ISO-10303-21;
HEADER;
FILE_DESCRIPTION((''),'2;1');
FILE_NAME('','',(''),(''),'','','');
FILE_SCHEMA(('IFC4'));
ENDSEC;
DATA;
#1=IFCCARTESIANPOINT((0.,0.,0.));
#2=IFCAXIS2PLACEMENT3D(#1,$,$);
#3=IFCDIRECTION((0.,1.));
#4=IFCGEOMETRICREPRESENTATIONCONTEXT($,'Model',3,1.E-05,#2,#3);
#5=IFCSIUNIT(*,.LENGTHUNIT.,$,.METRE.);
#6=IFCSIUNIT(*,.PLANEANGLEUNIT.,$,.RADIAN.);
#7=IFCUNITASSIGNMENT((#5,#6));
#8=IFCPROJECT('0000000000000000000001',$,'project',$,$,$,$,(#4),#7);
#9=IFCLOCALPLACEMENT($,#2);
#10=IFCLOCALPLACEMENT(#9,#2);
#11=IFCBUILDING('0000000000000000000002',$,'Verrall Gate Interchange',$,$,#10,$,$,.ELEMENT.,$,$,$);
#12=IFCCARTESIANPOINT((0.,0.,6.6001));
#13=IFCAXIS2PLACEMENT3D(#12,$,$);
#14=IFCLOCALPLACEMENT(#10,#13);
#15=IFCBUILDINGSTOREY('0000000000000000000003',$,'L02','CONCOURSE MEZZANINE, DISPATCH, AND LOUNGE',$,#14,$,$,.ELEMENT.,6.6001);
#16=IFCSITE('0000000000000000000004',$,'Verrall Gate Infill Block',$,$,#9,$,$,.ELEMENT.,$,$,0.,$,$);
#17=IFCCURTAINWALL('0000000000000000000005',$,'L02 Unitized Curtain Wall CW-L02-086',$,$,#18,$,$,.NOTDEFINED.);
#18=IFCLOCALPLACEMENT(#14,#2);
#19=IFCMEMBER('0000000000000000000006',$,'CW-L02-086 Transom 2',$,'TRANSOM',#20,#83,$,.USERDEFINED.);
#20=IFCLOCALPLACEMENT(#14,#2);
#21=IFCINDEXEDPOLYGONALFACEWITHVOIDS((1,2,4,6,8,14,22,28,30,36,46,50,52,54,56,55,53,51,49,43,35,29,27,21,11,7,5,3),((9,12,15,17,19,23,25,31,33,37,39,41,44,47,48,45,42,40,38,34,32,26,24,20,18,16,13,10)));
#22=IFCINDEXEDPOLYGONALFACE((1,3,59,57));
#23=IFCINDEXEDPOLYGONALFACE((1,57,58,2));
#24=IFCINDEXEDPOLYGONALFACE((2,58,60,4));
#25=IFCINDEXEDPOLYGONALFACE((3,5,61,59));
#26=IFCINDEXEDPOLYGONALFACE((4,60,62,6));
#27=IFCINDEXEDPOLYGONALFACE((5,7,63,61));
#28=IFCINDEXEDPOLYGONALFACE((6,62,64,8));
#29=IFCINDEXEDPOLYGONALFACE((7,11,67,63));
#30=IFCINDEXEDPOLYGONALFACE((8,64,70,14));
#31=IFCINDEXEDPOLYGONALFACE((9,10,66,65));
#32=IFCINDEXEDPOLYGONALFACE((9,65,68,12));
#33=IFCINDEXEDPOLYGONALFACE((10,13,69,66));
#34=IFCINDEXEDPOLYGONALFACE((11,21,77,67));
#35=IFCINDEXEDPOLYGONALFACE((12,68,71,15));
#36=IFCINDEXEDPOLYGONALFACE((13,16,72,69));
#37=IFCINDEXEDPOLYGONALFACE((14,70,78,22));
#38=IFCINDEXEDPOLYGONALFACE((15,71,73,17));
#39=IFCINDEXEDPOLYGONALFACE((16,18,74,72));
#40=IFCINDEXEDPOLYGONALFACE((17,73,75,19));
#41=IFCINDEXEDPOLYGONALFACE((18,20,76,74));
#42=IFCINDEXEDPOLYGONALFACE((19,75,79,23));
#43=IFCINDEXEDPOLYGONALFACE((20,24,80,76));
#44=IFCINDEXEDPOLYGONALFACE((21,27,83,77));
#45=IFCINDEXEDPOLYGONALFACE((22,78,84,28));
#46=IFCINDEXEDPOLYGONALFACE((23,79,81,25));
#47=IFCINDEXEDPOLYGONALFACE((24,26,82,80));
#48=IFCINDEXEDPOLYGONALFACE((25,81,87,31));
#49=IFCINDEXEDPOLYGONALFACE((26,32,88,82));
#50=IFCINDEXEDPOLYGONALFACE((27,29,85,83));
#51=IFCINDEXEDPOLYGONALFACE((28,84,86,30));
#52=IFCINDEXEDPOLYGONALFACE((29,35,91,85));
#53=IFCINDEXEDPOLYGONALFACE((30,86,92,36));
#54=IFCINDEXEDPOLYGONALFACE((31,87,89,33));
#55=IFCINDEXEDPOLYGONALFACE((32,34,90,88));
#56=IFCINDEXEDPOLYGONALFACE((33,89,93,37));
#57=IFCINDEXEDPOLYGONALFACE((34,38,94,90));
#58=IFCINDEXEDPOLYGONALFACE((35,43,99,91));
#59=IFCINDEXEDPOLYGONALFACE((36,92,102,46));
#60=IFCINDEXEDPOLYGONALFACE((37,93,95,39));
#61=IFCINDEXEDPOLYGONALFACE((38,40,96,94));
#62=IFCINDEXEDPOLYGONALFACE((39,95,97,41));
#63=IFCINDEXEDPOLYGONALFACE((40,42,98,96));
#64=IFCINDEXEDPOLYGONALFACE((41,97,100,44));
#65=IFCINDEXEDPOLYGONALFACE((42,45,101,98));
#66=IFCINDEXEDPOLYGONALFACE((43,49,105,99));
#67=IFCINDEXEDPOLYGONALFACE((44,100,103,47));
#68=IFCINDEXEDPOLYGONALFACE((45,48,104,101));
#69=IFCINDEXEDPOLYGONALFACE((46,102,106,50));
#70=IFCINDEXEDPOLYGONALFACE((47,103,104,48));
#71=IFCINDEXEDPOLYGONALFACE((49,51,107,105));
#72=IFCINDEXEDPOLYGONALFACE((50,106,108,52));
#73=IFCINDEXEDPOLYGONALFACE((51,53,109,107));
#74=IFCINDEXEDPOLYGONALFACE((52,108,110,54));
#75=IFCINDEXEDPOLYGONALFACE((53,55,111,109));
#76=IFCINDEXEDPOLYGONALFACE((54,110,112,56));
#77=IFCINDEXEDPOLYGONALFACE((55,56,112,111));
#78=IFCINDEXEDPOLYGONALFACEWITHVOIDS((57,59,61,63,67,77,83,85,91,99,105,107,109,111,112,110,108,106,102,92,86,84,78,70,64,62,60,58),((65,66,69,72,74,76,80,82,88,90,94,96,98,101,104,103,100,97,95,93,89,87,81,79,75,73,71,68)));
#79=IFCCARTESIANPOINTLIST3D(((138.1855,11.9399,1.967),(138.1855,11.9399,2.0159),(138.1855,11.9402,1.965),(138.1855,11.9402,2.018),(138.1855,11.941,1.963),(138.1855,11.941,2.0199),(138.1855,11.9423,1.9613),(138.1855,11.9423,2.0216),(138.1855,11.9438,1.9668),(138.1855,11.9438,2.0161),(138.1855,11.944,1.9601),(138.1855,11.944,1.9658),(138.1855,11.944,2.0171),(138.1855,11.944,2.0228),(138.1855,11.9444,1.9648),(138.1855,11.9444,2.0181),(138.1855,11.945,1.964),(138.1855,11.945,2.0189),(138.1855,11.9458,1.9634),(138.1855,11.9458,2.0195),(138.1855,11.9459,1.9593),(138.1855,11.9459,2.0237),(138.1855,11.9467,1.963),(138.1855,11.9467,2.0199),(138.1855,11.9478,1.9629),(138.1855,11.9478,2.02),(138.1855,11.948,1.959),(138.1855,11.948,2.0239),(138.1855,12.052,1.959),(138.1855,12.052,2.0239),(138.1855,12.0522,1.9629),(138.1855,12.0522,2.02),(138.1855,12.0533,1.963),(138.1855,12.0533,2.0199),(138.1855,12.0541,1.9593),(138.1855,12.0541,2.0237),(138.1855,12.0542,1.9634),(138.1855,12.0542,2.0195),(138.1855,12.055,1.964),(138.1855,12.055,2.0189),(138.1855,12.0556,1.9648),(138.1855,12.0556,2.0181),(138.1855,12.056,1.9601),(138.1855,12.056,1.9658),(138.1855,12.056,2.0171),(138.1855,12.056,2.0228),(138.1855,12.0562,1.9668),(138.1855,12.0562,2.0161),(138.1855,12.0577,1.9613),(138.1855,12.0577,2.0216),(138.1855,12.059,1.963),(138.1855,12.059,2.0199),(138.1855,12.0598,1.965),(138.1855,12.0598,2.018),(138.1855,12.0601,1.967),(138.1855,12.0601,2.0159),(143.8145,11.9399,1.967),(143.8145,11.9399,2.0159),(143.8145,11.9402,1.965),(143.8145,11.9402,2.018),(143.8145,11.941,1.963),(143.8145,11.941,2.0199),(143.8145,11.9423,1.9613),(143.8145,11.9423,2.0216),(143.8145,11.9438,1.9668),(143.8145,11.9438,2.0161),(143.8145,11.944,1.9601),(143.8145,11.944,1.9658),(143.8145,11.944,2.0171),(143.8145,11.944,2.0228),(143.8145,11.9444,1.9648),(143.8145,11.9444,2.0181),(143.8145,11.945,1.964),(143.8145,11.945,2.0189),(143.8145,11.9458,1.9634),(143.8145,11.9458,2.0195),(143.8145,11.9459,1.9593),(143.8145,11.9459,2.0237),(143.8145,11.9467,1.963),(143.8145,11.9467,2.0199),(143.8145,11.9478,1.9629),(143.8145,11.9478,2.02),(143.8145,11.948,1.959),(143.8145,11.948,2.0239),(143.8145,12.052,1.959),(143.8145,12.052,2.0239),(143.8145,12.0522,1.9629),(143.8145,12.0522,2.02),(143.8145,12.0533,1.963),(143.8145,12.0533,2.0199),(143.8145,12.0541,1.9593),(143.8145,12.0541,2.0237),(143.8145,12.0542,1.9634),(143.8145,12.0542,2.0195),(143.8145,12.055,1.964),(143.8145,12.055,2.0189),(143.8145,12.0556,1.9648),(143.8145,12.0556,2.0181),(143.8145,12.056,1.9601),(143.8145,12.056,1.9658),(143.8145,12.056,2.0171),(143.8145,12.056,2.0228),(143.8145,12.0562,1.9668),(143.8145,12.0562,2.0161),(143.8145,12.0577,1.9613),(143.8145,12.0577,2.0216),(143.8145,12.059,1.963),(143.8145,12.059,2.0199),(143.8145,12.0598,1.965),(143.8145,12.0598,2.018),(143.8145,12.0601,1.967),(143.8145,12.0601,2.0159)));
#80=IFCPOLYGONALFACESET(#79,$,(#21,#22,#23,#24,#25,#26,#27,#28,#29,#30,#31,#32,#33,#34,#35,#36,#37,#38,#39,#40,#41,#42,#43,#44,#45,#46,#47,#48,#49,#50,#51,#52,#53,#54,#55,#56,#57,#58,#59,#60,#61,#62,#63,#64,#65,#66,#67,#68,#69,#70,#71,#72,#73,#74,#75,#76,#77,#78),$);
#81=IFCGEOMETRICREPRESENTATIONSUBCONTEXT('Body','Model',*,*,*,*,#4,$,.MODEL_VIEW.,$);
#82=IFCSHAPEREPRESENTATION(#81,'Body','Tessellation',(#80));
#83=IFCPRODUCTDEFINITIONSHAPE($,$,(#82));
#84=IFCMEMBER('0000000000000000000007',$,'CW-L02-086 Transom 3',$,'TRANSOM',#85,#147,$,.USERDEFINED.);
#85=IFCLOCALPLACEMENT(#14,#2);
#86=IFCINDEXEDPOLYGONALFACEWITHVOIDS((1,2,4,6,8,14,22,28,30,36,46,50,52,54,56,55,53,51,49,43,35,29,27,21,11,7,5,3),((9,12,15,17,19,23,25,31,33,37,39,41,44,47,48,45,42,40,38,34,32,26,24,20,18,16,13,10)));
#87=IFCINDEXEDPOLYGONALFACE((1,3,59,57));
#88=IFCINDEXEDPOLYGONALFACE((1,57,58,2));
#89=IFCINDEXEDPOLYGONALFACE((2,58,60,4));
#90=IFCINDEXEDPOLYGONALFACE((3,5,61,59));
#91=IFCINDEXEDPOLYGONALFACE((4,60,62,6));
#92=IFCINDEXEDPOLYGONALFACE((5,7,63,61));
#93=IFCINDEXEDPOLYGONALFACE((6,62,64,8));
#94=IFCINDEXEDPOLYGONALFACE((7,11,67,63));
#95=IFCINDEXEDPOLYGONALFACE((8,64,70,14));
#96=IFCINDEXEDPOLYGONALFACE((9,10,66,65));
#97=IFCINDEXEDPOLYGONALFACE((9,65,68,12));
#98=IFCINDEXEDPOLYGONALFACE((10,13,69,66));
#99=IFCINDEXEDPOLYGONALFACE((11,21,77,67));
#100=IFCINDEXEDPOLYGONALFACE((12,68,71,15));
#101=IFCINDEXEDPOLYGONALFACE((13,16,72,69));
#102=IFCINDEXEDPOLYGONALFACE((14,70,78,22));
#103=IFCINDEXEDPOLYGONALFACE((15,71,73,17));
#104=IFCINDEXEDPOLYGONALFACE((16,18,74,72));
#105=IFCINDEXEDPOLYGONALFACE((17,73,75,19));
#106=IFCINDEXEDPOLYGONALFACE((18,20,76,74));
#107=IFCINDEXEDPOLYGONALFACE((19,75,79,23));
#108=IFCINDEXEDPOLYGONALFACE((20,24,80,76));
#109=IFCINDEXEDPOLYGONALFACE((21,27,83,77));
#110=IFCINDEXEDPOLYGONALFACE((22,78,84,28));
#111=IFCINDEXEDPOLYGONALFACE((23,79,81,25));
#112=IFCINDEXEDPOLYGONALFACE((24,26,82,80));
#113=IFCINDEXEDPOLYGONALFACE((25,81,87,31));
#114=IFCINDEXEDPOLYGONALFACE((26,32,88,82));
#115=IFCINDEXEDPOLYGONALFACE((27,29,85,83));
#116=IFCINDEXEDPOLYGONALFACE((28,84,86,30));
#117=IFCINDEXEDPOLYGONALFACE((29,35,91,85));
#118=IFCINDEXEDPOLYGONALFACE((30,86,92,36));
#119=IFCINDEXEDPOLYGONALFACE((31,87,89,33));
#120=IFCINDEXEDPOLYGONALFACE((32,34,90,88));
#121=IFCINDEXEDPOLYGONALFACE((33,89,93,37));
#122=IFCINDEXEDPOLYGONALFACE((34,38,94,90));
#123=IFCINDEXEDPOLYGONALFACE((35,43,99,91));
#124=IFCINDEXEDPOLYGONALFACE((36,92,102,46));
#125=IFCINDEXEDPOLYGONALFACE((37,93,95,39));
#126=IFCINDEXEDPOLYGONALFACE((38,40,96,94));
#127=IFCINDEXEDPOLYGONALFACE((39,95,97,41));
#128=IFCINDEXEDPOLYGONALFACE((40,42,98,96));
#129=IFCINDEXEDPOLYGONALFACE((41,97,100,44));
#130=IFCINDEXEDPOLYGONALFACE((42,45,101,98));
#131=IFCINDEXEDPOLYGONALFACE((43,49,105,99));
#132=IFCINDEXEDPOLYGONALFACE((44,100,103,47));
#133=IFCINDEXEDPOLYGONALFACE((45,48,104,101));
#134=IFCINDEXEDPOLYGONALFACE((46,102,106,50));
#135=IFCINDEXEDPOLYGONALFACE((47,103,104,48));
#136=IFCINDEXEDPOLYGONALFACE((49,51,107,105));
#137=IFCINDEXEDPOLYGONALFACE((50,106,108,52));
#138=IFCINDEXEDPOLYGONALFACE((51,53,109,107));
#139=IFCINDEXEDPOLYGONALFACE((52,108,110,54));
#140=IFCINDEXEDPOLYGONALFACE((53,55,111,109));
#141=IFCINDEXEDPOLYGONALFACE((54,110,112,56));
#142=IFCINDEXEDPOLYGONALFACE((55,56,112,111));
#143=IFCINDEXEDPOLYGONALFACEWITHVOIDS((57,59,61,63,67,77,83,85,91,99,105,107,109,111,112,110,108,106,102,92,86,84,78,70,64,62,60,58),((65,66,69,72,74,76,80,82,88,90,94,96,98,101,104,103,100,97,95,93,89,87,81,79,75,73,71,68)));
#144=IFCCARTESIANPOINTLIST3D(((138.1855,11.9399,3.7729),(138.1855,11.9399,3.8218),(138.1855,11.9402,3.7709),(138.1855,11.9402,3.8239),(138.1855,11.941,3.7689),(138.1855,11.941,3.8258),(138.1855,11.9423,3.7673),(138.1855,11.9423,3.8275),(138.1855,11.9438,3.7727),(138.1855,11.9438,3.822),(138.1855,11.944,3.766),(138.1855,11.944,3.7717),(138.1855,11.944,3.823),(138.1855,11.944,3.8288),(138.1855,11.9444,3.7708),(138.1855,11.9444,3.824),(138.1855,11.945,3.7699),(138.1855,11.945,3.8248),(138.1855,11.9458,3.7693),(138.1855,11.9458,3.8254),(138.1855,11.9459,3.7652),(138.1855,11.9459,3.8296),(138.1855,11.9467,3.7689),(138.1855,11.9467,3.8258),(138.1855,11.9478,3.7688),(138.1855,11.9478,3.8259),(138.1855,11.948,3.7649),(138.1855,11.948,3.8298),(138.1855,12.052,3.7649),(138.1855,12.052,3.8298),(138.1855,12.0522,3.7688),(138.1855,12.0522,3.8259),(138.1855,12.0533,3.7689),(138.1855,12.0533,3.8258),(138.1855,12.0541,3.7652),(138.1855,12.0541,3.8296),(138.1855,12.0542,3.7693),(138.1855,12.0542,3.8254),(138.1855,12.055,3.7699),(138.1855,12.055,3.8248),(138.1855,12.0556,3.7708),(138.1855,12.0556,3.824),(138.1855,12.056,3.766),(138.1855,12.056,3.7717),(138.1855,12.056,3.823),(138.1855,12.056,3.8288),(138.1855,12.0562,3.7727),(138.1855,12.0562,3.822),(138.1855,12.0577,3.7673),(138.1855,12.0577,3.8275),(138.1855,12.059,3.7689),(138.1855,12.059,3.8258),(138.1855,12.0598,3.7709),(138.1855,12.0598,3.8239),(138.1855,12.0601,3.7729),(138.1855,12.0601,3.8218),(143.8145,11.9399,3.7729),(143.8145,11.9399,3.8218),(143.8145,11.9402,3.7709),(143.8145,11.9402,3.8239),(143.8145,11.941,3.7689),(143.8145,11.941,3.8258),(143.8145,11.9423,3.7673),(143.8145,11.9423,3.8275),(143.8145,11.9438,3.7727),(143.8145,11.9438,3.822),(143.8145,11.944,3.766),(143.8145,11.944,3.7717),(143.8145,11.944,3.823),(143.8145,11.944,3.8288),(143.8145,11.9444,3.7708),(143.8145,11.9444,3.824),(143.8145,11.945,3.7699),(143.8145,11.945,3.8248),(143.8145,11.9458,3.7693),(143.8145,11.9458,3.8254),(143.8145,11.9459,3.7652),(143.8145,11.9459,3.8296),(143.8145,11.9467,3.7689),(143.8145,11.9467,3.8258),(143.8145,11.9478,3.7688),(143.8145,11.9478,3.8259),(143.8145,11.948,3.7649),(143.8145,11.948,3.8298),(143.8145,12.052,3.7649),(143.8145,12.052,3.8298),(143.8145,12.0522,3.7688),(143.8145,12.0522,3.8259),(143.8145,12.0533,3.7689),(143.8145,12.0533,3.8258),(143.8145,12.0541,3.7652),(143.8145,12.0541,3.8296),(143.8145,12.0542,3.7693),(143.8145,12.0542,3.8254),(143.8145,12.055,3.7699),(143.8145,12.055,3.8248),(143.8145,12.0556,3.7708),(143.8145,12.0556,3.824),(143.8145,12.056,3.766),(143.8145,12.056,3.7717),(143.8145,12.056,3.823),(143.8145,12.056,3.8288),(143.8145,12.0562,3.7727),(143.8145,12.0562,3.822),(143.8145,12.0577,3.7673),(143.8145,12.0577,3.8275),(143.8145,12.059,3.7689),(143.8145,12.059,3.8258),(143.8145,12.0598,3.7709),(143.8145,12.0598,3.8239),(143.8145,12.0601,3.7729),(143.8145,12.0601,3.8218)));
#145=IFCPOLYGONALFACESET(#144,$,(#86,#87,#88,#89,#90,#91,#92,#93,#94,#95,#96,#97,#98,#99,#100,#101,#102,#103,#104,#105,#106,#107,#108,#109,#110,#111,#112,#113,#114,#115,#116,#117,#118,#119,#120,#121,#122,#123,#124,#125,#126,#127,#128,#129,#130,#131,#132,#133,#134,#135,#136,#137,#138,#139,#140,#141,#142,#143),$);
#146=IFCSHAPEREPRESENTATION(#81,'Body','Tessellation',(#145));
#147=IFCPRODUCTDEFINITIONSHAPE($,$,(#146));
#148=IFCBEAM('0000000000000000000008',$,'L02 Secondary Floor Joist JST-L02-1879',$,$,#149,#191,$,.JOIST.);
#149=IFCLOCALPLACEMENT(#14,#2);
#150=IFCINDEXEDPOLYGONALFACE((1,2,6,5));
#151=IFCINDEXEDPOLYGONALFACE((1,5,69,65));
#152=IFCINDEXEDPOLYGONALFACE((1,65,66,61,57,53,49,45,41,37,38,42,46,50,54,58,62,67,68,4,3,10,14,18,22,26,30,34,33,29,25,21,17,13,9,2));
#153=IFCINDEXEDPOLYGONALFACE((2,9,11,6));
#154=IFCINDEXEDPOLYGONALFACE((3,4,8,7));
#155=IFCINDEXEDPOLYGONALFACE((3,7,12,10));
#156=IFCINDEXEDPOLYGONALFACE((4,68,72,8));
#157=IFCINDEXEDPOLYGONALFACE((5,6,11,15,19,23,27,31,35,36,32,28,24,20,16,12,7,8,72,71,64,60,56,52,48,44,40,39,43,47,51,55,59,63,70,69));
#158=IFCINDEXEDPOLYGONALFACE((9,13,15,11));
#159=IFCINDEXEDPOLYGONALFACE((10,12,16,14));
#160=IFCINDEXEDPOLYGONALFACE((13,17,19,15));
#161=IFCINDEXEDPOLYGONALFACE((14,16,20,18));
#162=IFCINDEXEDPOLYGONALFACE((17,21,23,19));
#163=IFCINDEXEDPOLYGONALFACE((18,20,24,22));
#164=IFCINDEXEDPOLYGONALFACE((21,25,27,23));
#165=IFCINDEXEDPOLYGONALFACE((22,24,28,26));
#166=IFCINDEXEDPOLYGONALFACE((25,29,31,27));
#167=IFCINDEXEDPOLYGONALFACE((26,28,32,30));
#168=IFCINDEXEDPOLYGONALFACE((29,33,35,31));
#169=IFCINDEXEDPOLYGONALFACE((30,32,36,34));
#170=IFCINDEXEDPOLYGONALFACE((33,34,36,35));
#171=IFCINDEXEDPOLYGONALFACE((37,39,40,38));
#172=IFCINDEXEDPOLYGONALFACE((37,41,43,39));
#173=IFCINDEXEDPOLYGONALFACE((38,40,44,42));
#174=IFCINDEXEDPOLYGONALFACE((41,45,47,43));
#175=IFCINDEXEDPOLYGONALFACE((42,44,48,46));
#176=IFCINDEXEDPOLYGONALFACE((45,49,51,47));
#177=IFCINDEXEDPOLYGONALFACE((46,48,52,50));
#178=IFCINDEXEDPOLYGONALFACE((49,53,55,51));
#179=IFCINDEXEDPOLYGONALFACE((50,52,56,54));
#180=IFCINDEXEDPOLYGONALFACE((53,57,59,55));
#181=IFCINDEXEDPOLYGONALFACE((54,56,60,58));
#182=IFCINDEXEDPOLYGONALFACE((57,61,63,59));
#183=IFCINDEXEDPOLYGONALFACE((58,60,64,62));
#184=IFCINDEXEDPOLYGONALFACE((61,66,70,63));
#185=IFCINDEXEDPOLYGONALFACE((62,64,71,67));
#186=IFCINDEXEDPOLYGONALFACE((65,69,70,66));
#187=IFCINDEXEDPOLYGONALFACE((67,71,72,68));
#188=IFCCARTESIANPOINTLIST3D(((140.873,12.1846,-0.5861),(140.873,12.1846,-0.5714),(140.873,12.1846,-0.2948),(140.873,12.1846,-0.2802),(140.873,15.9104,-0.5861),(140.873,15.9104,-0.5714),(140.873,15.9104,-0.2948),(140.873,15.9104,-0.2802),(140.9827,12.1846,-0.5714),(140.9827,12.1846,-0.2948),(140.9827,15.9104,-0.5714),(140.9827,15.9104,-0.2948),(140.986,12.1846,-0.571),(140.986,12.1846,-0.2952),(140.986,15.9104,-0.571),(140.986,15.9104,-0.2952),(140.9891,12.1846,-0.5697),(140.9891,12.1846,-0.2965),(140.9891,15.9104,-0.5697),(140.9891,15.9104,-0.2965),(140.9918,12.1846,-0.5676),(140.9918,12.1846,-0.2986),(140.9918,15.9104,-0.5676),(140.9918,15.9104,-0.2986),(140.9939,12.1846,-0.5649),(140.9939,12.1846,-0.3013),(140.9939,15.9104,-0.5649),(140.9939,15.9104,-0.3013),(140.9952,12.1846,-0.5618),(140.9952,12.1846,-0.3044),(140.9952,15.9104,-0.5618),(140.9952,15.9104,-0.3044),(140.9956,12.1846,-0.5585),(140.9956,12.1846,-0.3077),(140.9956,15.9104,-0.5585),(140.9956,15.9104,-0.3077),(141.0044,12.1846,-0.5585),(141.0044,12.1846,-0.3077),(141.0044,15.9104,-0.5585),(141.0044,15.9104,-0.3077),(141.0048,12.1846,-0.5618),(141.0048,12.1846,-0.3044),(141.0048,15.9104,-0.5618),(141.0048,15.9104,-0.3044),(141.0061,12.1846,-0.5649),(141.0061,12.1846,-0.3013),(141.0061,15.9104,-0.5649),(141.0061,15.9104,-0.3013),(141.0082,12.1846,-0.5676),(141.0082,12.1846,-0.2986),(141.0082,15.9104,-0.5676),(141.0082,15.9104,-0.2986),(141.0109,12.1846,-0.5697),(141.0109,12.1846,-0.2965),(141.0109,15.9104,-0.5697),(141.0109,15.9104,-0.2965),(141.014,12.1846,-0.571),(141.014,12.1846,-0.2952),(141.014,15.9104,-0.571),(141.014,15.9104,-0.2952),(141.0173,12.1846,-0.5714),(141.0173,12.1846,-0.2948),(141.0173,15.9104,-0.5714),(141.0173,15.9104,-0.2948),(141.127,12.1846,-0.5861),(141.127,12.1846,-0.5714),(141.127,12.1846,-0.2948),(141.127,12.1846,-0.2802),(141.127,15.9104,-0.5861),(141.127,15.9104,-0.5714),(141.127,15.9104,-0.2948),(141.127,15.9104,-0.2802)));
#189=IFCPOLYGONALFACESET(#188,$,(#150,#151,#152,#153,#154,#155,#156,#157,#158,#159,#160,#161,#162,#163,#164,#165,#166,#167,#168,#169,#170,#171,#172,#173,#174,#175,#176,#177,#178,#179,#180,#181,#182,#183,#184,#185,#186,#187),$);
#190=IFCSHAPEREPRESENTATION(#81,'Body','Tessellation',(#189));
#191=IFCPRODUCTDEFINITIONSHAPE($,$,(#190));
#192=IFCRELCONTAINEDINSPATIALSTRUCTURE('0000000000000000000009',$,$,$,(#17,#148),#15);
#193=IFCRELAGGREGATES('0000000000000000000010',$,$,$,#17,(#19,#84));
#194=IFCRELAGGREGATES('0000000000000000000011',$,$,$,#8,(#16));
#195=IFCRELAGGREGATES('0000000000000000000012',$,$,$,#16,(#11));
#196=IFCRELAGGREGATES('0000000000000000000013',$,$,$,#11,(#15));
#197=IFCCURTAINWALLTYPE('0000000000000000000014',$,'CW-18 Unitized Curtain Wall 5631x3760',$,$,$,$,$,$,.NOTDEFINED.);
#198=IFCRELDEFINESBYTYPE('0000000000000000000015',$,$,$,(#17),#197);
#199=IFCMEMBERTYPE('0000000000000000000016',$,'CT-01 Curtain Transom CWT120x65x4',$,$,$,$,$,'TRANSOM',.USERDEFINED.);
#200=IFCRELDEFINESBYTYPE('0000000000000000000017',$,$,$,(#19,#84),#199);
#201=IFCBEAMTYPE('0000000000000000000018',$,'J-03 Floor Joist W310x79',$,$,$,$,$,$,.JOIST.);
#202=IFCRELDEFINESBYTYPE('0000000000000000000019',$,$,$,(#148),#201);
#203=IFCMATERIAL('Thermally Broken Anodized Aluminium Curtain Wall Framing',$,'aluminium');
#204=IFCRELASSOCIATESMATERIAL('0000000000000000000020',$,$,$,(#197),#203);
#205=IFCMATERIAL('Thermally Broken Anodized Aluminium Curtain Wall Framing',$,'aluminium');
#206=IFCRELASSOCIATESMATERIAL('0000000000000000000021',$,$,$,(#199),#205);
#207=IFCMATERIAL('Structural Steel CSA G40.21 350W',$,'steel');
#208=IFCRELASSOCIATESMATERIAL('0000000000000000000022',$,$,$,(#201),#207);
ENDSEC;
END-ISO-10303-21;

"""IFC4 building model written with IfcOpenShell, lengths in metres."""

from ifc_helpers import new_model, si_unit, direction, frame, origin, origin_2d, place, context, subcontext, project, spatial, hollow_rectangle, i_section, extrude, material, material_profile, profile_set, type_object, element, aggregate, save


model = new_model("IFC4")

# Units and contexts
model_context = context("Model", 3, precision=1e-05, world=origin(), true_north=direction((0.0, 1.0)))
body_context = subcontext(model_context, "Body", "Model", "MODEL_VIEW")
ifc_project = project(units=[si_unit("LENGTHUNIT", "METRE"), si_unit("PLANEANGLEUNIT", "RADIAN")], contexts=[model_context])

# Site, building, storey
site_placement = place(None, origin())
site = spatial("IfcSite", under=ifc_project, at=site_placement, Name="Verrall Gate Infill Block", CompositionType="ELEMENT", RefElevation=0.0)
building_placement = place(site_placement, origin())
building = spatial("IfcBuilding", under=site, at=building_placement, Name="Verrall Gate Interchange", CompositionType="ELEMENT")
storey_placement = place(building_placement, frame((0.0, 0.0, 6.6001)))
storey = spatial("IfcBuildingStorey", under=building, at=storey_placement, Name="L02", Description="CONCOURSE MEZZANINE, DISPATCH, AND LOUNGE", CompositionType="ELEMENT", Elevation=6.6001)

# Curtain wall
ifc_material_1 = material(Name="Thermally Broken Anodized Aluminium Curtain Wall Framing", Category="aluminium")
curtain_wall_type = type_object("IfcCurtainWallType", Name="CW-18 Unitized Curtain Wall 5631x3760", PredefinedType="NOTDEFINED", material=ifc_material_1)
curtain_wall_1_placement = place(storey_placement, origin())
curtain_wall_1 = element("IfcCurtainWall", 1, at=curtain_wall_1_placement, inside=storey, type_object=curtain_wall_type, Name="L02 Unitized Curtain Wall CW-L02-086", PredefinedType="NOTDEFINED")

# Members
ifc_material_2 = material(Name="Thermally Broken Anodized Aluminium Curtain Wall Framing", Category="aluminium")
ifc_material_profile_1 = material_profile(ifc_material_2, hollow_rectangle(XDim=0.1201, YDim=0.0649, WallThickness=0.0039, InnerFilletRadius=0.0039, OuterFilletRadius=0.0081, at=origin_2d()), Name="CWT120x65x4")
ifc_profile_set_1 = profile_set([ifc_material_profile_1], Name="Thermally Broken Anodized Aluminium Curtain Wall Framing")
member_type_1 = type_object("IfcMemberType", Name="CT-01 Curtain Transom CWT120x65x4", ElementType="TRANSOM", PredefinedType="USERDEFINED", material=ifc_profile_set_1)
member_1_placement = place(storey_placement, frame((138.1855, 12.0, 1.9915), z_axis=(1.0, 0.0, 0.0), x_axis=(0.0, 1.0, 0.0)))
member_1 = element("IfcMember", 2, at=member_1_placement, type_object=member_type_1, Name="CW-L02-086 Transom 2", ObjectType="TRANSOM", PredefinedType="USERDEFINED", context=body_context, shape_type="SweptSolid", body=[
    extrude(hollow_rectangle(XDim=0.1201, YDim=0.0649, WallThickness=0.0039, InnerFilletRadius=0.0039, OuterFilletRadius=0.0081, at=origin_2d()), origin(), (0.0, 0.0, 1.0), 5.6289),
])
member_2_placement = place(storey_placement, frame((138.1855, 12.0, 3.7974), z_axis=(1.0, 0.0, 0.0), x_axis=(0.0, 1.0, 0.0)))
member_2 = element("IfcMember", 3, at=member_2_placement, type_object=member_type_1, Name="CW-L02-086 Transom 3", ObjectType="TRANSOM", PredefinedType="USERDEFINED", context=body_context, shape_type="SweptSolid", body=[
    extrude(hollow_rectangle(XDim=0.1201, YDim=0.0649, WallThickness=0.0039, InnerFilletRadius=0.0039, OuterFilletRadius=0.0081, at=origin_2d()), origin(), (0.0, 0.0, 1.0), 5.6289),
])

# Beam
ifc_material_3 = material(Name="Structural Steel CSA G40.21 350W", Category="steel")
ifc_material_profile_2 = material_profile(ifc_material_3, i_section(OverallWidth=0.2539, OverallDepth=0.3059, WebThickness=0.0088, FlangeThickness=0.0146, FilletRadius=0.0129, at=origin_2d()), Name="W310x79")
ifc_profile_set_2 = profile_set([ifc_material_profile_2], Name="Structural Steel CSA G40.21 350W")
beam_type_1 = type_object("IfcBeamType", Name="J-03 Floor Joist W310x79", PredefinedType="JOIST", material=ifc_profile_set_2)
beam_1_placement = place(storey_placement, frame((141.0, 12.1846, -0.4331), z_axis=(0.0, 1.0, 0.0), x_axis=(-1.0, 0.0, 0.0)))
element("IfcBeam", 4, at=beam_1_placement, inside=storey, type_object=beam_type_1, Name="L02 Secondary Floor Joist JST-L02-1879", PredefinedType="JOIST", context=body_context, shape_type="SweptSolid", body=[
    extrude(i_section(OverallWidth=0.2539, OverallDepth=0.3059, WebThickness=0.0088, FlangeThickness=0.0146, FilletRadius=0.0129, at=origin_2d()), origin(), (0.0, 0.0, 1.0), 3.7258),
])

aggregate(curtain_wall_1, [member_1, member_2])

save(model, "model.ifc")
